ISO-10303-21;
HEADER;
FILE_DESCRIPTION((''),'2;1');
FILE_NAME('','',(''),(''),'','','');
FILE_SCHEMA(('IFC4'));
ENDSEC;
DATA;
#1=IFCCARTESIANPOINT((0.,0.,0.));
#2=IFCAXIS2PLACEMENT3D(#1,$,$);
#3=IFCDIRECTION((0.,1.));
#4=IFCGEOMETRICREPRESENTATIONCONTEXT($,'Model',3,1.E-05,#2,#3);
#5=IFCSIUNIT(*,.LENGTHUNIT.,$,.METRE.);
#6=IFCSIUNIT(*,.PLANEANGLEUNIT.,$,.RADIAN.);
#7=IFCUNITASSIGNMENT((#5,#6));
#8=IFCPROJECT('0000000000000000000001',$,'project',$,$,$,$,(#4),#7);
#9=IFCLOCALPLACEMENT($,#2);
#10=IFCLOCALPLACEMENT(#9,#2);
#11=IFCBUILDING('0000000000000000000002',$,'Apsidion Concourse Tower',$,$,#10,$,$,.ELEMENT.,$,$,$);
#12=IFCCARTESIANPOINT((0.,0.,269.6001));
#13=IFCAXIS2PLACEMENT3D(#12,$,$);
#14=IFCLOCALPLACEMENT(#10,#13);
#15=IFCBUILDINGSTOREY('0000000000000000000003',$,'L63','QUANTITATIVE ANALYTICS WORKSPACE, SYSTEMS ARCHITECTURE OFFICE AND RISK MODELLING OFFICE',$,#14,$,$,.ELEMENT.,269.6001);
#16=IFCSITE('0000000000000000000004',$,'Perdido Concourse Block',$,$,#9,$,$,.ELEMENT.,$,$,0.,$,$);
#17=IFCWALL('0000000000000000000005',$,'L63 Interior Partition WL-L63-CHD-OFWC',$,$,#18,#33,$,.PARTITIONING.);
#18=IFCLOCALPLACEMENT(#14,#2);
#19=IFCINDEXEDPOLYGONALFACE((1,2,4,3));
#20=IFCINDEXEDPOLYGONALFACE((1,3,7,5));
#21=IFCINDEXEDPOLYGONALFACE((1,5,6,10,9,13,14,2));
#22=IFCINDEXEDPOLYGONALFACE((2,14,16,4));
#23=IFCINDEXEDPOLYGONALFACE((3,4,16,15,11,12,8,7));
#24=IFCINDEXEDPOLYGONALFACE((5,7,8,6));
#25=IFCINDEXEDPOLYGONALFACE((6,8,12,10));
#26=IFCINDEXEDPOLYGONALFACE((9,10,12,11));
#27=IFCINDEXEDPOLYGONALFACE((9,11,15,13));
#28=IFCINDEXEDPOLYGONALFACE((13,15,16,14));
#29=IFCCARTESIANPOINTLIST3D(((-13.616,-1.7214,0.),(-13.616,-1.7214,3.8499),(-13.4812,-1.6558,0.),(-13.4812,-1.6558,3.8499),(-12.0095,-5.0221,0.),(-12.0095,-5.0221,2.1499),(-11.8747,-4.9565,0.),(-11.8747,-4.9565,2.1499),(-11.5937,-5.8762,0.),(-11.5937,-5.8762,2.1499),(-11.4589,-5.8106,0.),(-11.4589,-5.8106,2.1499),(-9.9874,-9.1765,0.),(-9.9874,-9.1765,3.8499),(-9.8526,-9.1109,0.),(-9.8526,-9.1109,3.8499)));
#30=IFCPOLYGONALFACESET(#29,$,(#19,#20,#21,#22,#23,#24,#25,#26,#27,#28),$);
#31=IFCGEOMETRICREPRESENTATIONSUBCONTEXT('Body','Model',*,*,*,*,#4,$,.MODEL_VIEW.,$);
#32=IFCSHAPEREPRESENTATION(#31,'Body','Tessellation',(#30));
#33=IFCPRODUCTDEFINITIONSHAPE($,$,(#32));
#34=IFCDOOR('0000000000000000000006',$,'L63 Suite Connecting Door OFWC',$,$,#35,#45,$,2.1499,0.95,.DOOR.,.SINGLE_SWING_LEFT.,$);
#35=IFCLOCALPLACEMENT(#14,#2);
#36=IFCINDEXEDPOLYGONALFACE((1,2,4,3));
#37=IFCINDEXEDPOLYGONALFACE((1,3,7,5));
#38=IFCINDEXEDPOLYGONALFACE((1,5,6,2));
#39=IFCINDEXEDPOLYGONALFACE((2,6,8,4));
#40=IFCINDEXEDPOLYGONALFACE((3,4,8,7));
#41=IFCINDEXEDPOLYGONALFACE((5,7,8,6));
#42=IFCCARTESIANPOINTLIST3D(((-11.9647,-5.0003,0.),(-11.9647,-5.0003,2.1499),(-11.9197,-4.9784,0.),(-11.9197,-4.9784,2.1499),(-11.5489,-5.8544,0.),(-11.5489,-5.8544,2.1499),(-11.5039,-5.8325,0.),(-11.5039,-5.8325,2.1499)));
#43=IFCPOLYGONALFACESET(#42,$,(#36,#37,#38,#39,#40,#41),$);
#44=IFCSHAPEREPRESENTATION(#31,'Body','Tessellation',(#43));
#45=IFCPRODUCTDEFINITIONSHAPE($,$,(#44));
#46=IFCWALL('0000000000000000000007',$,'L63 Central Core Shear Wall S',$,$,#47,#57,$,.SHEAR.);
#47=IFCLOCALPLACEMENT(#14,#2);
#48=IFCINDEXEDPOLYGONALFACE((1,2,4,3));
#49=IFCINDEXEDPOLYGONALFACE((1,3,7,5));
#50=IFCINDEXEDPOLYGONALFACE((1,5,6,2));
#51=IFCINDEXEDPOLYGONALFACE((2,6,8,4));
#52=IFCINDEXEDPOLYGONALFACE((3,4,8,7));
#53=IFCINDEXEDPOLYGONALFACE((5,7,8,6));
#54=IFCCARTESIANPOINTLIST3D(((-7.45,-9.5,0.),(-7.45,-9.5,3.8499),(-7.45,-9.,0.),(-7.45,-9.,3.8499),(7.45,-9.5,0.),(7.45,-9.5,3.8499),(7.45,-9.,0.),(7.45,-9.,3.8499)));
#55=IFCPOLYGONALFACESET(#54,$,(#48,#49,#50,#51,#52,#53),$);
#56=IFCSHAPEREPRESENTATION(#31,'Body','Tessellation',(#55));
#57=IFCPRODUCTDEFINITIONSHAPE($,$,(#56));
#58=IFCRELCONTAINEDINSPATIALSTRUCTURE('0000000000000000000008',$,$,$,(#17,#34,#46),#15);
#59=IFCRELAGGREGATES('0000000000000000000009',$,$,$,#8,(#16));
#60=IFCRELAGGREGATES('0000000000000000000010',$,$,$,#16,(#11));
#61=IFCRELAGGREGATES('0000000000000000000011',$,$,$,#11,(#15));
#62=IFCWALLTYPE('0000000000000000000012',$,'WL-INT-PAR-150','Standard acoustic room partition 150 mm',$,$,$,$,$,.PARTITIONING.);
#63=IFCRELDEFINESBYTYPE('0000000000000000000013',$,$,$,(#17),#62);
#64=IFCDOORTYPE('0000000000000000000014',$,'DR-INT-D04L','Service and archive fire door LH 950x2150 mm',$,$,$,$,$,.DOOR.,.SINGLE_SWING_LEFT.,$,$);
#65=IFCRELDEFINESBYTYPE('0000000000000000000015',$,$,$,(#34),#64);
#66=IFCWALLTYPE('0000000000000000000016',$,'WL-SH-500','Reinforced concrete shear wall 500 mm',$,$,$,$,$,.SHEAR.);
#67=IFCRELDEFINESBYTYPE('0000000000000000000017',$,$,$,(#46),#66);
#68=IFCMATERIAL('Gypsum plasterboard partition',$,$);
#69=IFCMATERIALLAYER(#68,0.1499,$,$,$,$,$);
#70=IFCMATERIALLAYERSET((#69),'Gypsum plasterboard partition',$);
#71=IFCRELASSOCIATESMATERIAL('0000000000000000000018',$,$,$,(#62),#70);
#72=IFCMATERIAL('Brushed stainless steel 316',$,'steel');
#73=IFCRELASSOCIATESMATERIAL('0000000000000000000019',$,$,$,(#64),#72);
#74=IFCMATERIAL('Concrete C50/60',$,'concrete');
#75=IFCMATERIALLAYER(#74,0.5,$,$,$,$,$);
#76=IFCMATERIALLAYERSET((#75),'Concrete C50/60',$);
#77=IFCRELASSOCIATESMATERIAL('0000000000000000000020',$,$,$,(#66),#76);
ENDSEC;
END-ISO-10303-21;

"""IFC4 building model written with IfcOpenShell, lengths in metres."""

from ifc_helpers import new_model, si_unit, direction, frame, frame_2d, origin, place, context, subcontext, project, spatial, rectangle, extrude, material, layer, layer_set, type_object, element, fill, save


model = new_model("IFC4")

# Units and contexts
model_context = context("Model", 3, precision=1e-05, world=origin(), true_north=direction((0.0, 1.0)))
body_context = subcontext(model_context, "Body", "Model", "MODEL_VIEW")
ifc_project = project(units=[si_unit("LENGTHUNIT", "METRE"), si_unit("PLANEANGLEUNIT", "RADIAN")], contexts=[model_context])

# Site, building, storey
site_placement = place(None, origin())
site = spatial("IfcSite", under=ifc_project, at=site_placement, Name="Perdido Concourse Block", CompositionType="ELEMENT", RefElevation=0.0)
building_placement = place(site_placement, origin())
building = spatial("IfcBuilding", under=site, at=building_placement, Name="Apsidion Concourse Tower", CompositionType="ELEMENT")
storey_placement = place(building_placement, frame((0.0, 0.0, 269.6001)))
storey = spatial("IfcBuildingStorey", under=building, at=storey_placement, Name="L63", Description="QUANTITATIVE ANALYTICS WORKSPACE, SYSTEMS ARCHITECTURE OFFICE AND RISK MODELLING OFFICE", CompositionType="ELEMENT", Elevation=269.6001)

# Shared definitions
ifc_material_1 = material(Name="Concrete C50/60", Category="concrete")

# Shared definitions
ifc_material_2 = material(Name="Gypsum plasterboard partition")
ifc_layer_1 = layer(ifc_material_2, 0.1499)
ifc_layer_set_1 = layer_set([ifc_layer_1], Name="Gypsum plasterboard partition")
wall_type_1 = type_object("IfcWallType", Name="WL-INT-PAR-150", Description="Standard acoustic room partition 150 mm", PredefinedType="PARTITIONING", material=ifc_layer_set_1)

# Wall, opening, door
wall_1_placement = place(storey_placement, frame((-13.5486, -1.6887, 0.0), z_axis=(0.0, 0.0, 1.0), x_axis=(0.437648, -0.899146, 0.0)))
wall_1 = element("IfcWall", 1, at=wall_1_placement, inside=storey, type_object=wall_type_1, Name="L63 Interior Partition WL-L63-CHD-OFWC", PredefinedType="PARTITIONING", context=body_context, shape_type="SweptSolid", body=[
    extrude(rectangle(XDim=8.2913, YDim=0.1499, at=frame_2d((4.1455, 0.0))), origin(), (0.0, 0.0, 1.0), 3.8499),
])
opening_1_placement = place(wall_1_placement, frame((3.6707, 0.0, 0.0)))
opening_1 = element("IfcOpeningElement", 2, at=opening_1_placement, cuts=wall_1, PredefinedType="OPENING", context=body_context, shape_type="SweptSolid", body=[
    extrude(rectangle(XDim=0.95, YDim=2.1499, at=frame_2d((0.4751, 1.075))), frame((0.0, 0.085, 0.0), z_axis=(0.0, -1.0, 0.0), x_axis=(1.0, 0.0, 0.0)), (0.0, 0.0, 1.0), 0.1699),
])
ifc_material_3 = material(Name="Brushed stainless steel 316", Category="steel")
door_type_1 = type_object("IfcDoorType", Name="DR-INT-D04L", Description="Service and archive fire door LH 950x2150 mm", OperationType="SINGLE_SWING_LEFT", PredefinedType="DOOR", material=ifc_material_3)
door_1_placement = place(opening_1_placement, origin())
door_1 = element("IfcDoor", 3, at=door_1_placement, inside=storey, type_object=door_type_1, Name="L63 Suite Connecting Door OFWC", OperationType="SINGLE_SWING_LEFT", OverallHeight=2.1499, OverallWidth=0.95, PredefinedType="DOOR", context=body_context, shape_type="SweptSolid", body=[
    extrude(rectangle(XDim=0.95, YDim=2.1499, at=frame_2d((0.4751, 1.075))), frame((0.0, 0.0249, 0.0), z_axis=(0.0, -1.0, 0.0), x_axis=(1.0, 0.0, 0.0)), (0.0, 0.0, 1.0), 0.05),
])
fill(opening_1, door_1)

# Shared definitions
ifc_layer_2 = layer(ifc_material_1, 0.5)
ifc_layer_set_2 = layer_set([ifc_layer_2], Name="Concrete C50/60")
wall_type_2 = type_object("IfcWallType", Name="WL-SH-500", Description="Reinforced concrete shear wall 500 mm", PredefinedType="SHEAR", material=ifc_layer_set_2)

# Wall
wall_2_placement = place(storey_placement, frame((-7.45, -9.25, 0.0), z_axis=(0.0, 0.0, 1.0), x_axis=(1.0, 0.0, 0.0)))
element("IfcWall", 4, at=wall_2_placement, inside=storey, type_object=wall_type_2, Name="L63 Central Core Shear Wall S", PredefinedType="SHEAR", context=body_context, shape_type="SweptSolid", body=[
    extrude(rectangle(XDim=14.8999, YDim=0.5, at=frame_2d((7.45, 0.0))), origin(), (0.0, 0.0, 1.0), 3.8499),
])

save(model, "model.ifc")
